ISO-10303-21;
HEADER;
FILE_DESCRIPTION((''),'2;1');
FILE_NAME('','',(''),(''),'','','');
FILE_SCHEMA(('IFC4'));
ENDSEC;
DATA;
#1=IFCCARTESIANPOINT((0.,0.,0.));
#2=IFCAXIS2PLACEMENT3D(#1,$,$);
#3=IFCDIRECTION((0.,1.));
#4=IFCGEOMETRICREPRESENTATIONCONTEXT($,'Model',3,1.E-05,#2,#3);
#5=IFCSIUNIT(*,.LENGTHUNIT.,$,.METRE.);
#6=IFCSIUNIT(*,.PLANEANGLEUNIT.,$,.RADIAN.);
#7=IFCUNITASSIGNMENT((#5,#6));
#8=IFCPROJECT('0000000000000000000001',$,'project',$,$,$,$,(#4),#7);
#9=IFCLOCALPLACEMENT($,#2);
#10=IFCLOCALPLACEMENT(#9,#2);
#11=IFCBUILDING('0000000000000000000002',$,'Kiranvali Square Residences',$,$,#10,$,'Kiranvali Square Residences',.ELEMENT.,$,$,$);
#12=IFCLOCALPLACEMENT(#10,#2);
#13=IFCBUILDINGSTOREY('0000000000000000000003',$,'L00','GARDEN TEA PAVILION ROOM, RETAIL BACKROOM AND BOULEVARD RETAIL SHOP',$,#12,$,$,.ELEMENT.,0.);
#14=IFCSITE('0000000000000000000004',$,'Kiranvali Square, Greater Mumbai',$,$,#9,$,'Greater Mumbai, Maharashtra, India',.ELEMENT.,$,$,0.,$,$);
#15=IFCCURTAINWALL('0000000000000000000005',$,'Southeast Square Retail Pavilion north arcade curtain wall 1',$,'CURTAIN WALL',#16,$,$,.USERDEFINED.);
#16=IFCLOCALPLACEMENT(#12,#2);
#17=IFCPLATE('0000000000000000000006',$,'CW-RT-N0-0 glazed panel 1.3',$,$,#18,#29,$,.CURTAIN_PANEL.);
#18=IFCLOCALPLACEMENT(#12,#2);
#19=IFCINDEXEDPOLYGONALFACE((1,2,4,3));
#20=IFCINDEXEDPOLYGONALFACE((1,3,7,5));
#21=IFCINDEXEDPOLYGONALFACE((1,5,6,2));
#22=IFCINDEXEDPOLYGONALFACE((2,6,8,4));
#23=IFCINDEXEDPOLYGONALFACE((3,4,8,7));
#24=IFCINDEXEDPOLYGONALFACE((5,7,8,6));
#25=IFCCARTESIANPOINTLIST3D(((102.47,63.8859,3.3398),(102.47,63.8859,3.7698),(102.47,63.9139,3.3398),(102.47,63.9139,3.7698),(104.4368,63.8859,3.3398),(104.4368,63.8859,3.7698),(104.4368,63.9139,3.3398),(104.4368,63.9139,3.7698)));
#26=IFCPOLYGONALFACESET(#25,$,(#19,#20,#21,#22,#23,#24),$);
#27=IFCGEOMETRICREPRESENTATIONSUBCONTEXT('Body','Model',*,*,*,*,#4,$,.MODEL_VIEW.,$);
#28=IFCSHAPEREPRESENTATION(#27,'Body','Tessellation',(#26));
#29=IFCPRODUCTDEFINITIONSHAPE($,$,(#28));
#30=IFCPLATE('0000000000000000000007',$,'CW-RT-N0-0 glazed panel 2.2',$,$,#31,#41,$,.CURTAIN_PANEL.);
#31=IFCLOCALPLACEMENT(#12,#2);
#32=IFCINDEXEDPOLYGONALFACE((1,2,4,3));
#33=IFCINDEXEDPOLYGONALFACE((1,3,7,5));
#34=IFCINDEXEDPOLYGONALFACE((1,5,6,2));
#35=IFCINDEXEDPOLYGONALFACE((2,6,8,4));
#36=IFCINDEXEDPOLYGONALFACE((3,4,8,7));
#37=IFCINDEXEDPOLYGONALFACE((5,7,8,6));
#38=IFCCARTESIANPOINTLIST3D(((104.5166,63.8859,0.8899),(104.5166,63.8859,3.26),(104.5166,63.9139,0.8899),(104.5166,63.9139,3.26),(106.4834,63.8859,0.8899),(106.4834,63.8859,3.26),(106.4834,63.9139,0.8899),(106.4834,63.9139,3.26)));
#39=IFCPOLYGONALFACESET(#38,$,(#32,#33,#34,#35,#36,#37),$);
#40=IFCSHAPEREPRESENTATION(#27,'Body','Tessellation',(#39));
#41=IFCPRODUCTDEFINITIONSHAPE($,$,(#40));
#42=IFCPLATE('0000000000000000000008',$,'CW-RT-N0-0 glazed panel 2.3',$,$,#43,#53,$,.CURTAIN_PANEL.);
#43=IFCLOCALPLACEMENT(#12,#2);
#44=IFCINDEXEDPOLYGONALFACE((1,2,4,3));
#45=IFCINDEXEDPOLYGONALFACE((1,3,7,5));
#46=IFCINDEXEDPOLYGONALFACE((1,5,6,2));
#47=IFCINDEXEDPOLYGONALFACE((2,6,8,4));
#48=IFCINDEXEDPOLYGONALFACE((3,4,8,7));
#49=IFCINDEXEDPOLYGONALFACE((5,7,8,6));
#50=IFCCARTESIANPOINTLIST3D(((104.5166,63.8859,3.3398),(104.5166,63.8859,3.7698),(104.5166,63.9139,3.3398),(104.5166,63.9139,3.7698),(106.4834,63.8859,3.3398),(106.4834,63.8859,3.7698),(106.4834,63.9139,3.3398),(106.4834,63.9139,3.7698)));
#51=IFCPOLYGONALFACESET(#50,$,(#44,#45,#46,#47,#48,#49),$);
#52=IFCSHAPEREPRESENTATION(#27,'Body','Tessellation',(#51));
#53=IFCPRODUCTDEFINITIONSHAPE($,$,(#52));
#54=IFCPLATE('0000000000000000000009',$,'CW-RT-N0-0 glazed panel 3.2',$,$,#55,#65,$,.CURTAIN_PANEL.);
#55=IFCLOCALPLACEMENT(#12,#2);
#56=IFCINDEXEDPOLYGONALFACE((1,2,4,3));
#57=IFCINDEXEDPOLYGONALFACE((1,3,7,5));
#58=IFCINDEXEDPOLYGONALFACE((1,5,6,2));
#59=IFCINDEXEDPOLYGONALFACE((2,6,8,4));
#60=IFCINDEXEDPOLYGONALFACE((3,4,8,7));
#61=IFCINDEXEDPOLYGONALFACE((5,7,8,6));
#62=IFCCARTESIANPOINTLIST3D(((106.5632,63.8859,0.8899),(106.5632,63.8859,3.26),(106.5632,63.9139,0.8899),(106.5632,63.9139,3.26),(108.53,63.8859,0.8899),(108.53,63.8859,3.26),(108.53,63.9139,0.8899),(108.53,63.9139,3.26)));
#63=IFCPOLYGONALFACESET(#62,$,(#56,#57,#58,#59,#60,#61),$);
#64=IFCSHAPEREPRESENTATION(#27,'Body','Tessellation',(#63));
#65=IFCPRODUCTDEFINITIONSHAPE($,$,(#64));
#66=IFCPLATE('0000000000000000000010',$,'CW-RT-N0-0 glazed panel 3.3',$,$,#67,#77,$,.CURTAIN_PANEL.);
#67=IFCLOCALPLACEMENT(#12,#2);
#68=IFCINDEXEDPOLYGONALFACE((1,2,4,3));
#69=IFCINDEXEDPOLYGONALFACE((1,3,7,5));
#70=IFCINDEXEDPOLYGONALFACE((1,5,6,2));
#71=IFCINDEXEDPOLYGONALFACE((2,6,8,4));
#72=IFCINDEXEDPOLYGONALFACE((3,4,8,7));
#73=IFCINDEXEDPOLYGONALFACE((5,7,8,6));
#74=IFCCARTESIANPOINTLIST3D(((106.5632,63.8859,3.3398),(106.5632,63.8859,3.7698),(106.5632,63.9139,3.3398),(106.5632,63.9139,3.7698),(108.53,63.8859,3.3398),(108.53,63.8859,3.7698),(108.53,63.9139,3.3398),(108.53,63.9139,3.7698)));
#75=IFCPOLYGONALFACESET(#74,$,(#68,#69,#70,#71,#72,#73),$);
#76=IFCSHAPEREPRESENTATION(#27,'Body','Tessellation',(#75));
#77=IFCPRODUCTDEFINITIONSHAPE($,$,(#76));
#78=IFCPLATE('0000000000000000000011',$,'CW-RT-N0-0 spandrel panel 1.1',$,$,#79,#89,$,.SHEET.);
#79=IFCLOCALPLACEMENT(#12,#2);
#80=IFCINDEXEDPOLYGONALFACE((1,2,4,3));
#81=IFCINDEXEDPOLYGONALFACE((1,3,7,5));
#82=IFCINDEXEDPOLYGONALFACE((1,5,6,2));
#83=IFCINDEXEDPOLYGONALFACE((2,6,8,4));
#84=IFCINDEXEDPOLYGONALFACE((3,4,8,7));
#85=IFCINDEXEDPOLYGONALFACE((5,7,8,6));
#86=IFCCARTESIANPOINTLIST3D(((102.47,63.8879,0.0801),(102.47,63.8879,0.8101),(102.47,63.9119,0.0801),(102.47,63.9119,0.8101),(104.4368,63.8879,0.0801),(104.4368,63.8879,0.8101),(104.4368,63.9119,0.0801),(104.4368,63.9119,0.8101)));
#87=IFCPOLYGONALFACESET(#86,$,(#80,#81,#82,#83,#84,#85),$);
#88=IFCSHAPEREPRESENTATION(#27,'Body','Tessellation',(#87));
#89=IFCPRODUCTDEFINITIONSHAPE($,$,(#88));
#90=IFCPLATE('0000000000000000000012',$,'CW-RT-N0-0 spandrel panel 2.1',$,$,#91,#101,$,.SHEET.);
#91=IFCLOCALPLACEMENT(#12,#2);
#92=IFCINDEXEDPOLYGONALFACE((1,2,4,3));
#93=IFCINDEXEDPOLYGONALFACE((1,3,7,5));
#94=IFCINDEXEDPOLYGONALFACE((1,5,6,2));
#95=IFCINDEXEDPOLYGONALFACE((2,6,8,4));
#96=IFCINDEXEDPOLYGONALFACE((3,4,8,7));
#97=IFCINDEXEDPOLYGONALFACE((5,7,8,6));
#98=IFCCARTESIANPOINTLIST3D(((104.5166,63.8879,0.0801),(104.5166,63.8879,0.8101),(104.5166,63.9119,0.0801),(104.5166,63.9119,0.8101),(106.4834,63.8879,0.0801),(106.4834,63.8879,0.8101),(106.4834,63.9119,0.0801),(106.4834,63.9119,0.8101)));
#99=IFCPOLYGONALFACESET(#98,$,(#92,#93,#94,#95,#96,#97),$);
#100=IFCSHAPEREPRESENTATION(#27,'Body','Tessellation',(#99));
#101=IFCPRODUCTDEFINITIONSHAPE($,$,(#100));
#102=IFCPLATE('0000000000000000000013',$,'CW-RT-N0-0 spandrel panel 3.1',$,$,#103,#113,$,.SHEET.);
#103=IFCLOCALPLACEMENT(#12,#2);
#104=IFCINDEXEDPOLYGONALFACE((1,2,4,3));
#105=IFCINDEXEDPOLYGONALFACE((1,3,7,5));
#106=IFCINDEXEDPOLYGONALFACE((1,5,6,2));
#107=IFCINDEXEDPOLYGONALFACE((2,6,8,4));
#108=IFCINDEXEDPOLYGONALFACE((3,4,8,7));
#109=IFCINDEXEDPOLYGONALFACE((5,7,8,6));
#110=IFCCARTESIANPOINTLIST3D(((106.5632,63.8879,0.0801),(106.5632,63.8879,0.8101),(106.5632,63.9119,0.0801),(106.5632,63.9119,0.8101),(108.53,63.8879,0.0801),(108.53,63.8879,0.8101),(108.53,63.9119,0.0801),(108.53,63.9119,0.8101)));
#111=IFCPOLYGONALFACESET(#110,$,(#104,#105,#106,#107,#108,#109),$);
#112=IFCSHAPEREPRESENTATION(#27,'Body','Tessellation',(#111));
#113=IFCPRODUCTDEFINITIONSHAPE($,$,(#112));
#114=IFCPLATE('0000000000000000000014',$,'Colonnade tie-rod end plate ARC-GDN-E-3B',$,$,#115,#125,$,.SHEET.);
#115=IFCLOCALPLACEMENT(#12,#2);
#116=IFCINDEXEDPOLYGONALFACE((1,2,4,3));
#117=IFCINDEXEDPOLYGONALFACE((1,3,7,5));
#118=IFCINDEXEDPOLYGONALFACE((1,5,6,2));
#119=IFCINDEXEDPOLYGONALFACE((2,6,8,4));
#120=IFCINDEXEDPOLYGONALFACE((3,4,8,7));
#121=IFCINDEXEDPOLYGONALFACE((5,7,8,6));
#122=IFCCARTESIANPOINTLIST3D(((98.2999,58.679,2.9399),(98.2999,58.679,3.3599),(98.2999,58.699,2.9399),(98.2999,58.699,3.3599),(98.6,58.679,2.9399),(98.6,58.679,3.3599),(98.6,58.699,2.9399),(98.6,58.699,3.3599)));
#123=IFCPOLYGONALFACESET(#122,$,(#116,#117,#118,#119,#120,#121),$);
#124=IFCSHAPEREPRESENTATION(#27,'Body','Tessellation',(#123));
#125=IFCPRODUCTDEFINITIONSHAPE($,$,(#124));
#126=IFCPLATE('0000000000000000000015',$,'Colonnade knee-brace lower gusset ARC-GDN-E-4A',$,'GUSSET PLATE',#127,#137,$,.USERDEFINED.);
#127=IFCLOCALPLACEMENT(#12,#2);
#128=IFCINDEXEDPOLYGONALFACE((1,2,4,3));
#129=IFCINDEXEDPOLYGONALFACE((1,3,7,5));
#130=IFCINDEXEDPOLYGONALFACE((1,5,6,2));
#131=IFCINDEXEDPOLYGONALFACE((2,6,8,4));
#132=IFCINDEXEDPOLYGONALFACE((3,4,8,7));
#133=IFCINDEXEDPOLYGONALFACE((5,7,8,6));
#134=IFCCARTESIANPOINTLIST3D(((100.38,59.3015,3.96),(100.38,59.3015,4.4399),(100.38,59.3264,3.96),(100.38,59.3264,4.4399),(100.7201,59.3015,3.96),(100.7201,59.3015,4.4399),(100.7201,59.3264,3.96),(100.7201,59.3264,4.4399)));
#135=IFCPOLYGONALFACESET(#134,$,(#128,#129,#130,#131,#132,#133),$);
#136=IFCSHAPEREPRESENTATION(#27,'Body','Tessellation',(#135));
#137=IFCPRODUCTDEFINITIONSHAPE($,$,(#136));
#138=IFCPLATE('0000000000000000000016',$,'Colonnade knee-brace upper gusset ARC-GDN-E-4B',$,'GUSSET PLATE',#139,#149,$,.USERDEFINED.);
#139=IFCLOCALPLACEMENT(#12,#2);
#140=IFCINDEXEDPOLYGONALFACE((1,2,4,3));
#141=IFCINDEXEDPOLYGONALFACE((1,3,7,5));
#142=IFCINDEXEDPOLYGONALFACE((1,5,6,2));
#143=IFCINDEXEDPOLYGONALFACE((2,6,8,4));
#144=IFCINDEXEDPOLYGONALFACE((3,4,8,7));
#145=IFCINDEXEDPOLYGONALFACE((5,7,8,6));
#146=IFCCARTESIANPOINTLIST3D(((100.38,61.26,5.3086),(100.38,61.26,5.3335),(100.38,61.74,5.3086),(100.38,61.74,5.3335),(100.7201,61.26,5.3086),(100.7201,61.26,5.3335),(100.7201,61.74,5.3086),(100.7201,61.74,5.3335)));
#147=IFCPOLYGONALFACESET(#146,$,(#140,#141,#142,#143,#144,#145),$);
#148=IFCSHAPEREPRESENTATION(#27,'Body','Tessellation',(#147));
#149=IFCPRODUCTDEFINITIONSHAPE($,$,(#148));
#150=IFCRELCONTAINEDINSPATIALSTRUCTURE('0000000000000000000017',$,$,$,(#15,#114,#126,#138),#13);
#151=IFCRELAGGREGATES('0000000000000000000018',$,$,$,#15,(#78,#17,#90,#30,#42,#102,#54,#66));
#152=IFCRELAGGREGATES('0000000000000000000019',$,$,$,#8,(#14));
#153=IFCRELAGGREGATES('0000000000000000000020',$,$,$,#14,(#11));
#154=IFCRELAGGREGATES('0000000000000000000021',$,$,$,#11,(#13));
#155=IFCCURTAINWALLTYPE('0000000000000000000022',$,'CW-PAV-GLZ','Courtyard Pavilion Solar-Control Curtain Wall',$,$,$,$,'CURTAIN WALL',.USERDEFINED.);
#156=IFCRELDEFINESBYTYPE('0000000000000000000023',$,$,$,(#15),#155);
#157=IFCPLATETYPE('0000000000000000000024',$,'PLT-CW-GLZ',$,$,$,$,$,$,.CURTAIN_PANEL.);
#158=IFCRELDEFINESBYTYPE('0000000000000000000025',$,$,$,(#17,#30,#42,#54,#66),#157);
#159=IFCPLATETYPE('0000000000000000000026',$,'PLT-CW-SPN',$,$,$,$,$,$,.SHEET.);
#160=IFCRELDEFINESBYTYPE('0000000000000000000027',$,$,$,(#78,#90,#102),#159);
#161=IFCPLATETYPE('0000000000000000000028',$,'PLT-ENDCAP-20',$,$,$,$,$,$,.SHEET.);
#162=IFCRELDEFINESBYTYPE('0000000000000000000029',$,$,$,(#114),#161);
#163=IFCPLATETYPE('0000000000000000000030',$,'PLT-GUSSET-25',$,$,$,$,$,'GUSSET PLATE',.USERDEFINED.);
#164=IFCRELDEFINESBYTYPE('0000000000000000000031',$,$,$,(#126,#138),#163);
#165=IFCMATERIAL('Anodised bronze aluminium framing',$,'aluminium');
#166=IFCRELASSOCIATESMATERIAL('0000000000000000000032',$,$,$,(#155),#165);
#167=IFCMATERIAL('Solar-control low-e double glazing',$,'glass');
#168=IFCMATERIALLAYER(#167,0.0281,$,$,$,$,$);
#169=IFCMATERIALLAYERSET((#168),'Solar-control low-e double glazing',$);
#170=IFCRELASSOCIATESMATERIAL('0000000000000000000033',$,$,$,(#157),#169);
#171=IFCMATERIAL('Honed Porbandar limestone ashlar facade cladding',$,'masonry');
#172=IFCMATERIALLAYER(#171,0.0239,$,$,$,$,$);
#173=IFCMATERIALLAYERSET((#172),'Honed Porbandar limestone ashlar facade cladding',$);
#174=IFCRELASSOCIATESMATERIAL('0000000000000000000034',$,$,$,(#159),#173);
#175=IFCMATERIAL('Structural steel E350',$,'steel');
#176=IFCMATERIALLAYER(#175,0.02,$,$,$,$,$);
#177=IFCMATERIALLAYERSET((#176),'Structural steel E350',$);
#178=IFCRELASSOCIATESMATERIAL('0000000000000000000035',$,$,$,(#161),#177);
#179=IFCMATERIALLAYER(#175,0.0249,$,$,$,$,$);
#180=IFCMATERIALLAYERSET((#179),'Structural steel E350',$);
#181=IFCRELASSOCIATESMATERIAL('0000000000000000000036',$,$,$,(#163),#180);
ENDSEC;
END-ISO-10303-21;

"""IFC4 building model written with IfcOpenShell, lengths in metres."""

from ifc_helpers import new_model, si_unit, direction, frame, origin, origin_2d, place, context, subcontext, project, spatial, rectangle, extrude, material, layer, layer_set, type_object, element, aggregate, save


model = new_model("IFC4")

# Units and contexts
model_context = context("Model", 3, precision=1e-05, world=origin(), true_north=direction((0.0, 1.0)))
body_context = subcontext(model_context, "Body", "Model", "MODEL_VIEW")
ifc_project = project(units=[si_unit("LENGTHUNIT", "METRE"), si_unit("PLANEANGLEUNIT", "RADIAN")], contexts=[model_context])

# Site, building, storey
site_placement = place(None, origin())
site = spatial("IfcSite", under=ifc_project, at=site_placement, Name="Kiranvali Square, Greater Mumbai", LongName="Greater Mumbai, Maharashtra, India", CompositionType="ELEMENT", RefElevation=0.0)
building_placement = place(site_placement, origin())
building = spatial("IfcBuilding", under=site, at=building_placement, Name="Kiranvali Square Residences", LongName="Kiranvali Square Residences", CompositionType="ELEMENT")
storey_placement = place(building_placement, origin())
storey = spatial("IfcBuildingStorey", under=building, at=storey_placement, Name="L00", Description="GARDEN TEA PAVILION ROOM, RETAIL BACKROOM AND BOULEVARD RETAIL SHOP", CompositionType="ELEMENT", Elevation=0.0)

# Curtain wall
ifc_material_1 = material(Name="Anodised bronze aluminium framing", Category="aluminium")
curtain_wall_type = type_object("IfcCurtainWallType", Name="CW-PAV-GLZ", Description="Courtyard Pavilion Solar-Control Curtain Wall", ElementType="CURTAIN WALL", PredefinedType="USERDEFINED", material=ifc_material_1)
curtain_wall_placement = place(storey_placement, origin())
curtain_wall = element("IfcCurtainWall", 1, at=curtain_wall_placement, inside=storey, type_object=curtain_wall_type, Name="Southeast Square Retail Pavilion north arcade curtain wall 1", ObjectType="CURTAIN WALL", PredefinedType="USERDEFINED")

# Shared definitions
ifc_material_2 = material(Name="Structural steel E350", Category="steel")

# Plates
ifc_material_3 = material(Name="Solar-control low-e double glazing", Category="glass")
ifc_layer_1 = layer(ifc_material_3, 0.0281)
ifc_layer_set_1 = layer_set([ifc_layer_1], Name="Solar-control low-e double glazing")
plate_type_1 = type_object("IfcPlateType", Name="PLT-CW-GLZ", PredefinedType="CURTAIN_PANEL", material=ifc_layer_set_1)
plate_1_placement = place(storey_placement, frame((103.4534, 63.8999, 3.3398), z_axis=(0.0, 0.0, 1.0), x_axis=(1.0, 0.0, 0.0)))
plate_1 = element("IfcPlate", 2, at=plate_1_placement, type_object=plate_type_1, Name="CW-RT-N0-0 glazed panel 1.3", PredefinedType="CURTAIN_PANEL", context=body_context, shape_type="SweptSolid", body=[
    extrude(rectangle(XDim=1.9668, YDim=0.0281, at=origin_2d()), origin(), (0.0, 0.0, 1.0), 0.4299),
])
plate_2_placement = place(storey_placement, frame((105.5, 63.8999, 0.8899), z_axis=(0.0, 0.0, 1.0), x_axis=(1.0, 0.0, 0.0)))
plate_2 = element("IfcPlate", 3, at=plate_2_placement, type_object=plate_type_1, Name="CW-RT-N0-0 glazed panel 2.2", PredefinedType="CURTAIN_PANEL", context=body_context, shape_type="SweptSolid", body=[
    extrude(rectangle(XDim=1.9668, YDim=0.0281, at=origin_2d()), origin(), (0.0, 0.0, 1.0), 2.3701),
])
plate_3_placement = place(storey_placement, frame((105.5, 63.8999, 3.3398), z_axis=(0.0, 0.0, 1.0), x_axis=(1.0, 0.0, 0.0)))
plate_3 = element("IfcPlate", 4, at=plate_3_placement, type_object=plate_type_1, Name="CW-RT-N0-0 glazed panel 2.3", PredefinedType="CURTAIN_PANEL", context=body_context, shape_type="SweptSolid", body=[
    extrude(rectangle(XDim=1.9668, YDim=0.0281, at=origin_2d()), origin(), (0.0, 0.0, 1.0), 0.4299),
])
plate_4_placement = place(storey_placement, frame((107.5466, 63.8999, 0.8899), z_axis=(0.0, 0.0, 1.0), x_axis=(1.0, 0.0, 0.0)))
plate_4 = element("IfcPlate", 5, at=plate_4_placement, type_object=plate_type_1, Name="CW-RT-N0-0 glazed panel 3.2", PredefinedType="CURTAIN_PANEL", context=body_context, shape_type="SweptSolid", body=[
    extrude(rectangle(XDim=1.9668, YDim=0.0281, at=origin_2d()), origin(), (0.0, 0.0, 1.0), 2.3701),
])
plate_5_placement = place(storey_placement, frame((107.5466, 63.8999, 3.3398), z_axis=(0.0, 0.0, 1.0), x_axis=(1.0, 0.0, 0.0)))
plate_5 = element("IfcPlate", 6, at=plate_5_placement, type_object=plate_type_1, Name="CW-RT-N0-0 glazed panel 3.3", PredefinedType="CURTAIN_PANEL", context=body_context, shape_type="SweptSolid", body=[
    extrude(rectangle(XDim=1.9668, YDim=0.0281, at=origin_2d()), origin(), (0.0, 0.0, 1.0), 0.4299),
])
ifc_material_4 = material(Name="Honed Porbandar limestone ashlar facade cladding", Category="masonry")
ifc_layer_2 = layer(ifc_material_4, 0.0239)
ifc_layer_set_2 = layer_set([ifc_layer_2], Name="Honed Porbandar limestone ashlar facade cladding")
plate_type_2 = type_object("IfcPlateType", Name="PLT-CW-SPN", PredefinedType="SHEET", material=ifc_layer_set_2)
plate_6_placement = place(storey_placement, frame((103.4534, 63.8999, 0.0801), z_axis=(0.0, 0.0, 1.0), x_axis=(1.0, 0.0, 0.0)))
plate_6 = element("IfcPlate", 7, at=plate_6_placement, type_object=plate_type_2, Name="CW-RT-N0-0 spandrel panel 1.1", PredefinedType="SHEET", context=body_context, shape_type="SweptSolid", body=[
    extrude(rectangle(XDim=1.9668, YDim=0.0239, at=origin_2d()), origin(), (0.0, 0.0, 1.0), 0.73),
])
plate_7_placement = place(storey_placement, frame((105.5, 63.8999, 0.0801), z_axis=(0.0, 0.0, 1.0), x_axis=(1.0, 0.0, 0.0)))
plate_7 = element("IfcPlate", 8, at=plate_7_placement, type_object=plate_type_2, Name="CW-RT-N0-0 spandrel panel 2.1", PredefinedType="SHEET", context=body_context, shape_type="SweptSolid", body=[
    extrude(rectangle(XDim=1.9668, YDim=0.0239, at=origin_2d()), origin(), (0.0, 0.0, 1.0), 0.73),
])
plate_8_placement = place(storey_placement, frame((107.5466, 63.8999, 0.0801), z_axis=(0.0, 0.0, 1.0), x_axis=(1.0, 0.0, 0.0)))
plate_8 = element("IfcPlate", 9, at=plate_8_placement, type_object=plate_type_2, Name="CW-RT-N0-0 spandrel panel 3.1", PredefinedType="SHEET", context=body_context, shape_type="SweptSolid", body=[
    extrude(rectangle(XDim=1.9668, YDim=0.0239, at=origin_2d()), origin(), (0.0, 0.0, 1.0), 0.73),
])
aggregate(curtain_wall, [plate_6, plate_1, plate_7, plate_2, plate_3, plate_8, plate_4, plate_5])

# Plates
ifc_layer_3 = layer(ifc_material_2, 0.02)
ifc_layer_set_3 = layer_set([ifc_layer_3], Name="Structural steel E350")
plate_type_3 = type_object("IfcPlateType", Name="PLT-ENDCAP-20", PredefinedType="SHEET", material=ifc_layer_set_3)
plate_9_placement = place(storey_placement, frame((98.45, 58.689, 2.9399), z_axis=(0.0, 0.0, 1.0), x_axis=(1.0, 0.0, 0.0)))
element("IfcPlate", 10, at=plate_9_placement, inside=storey, type_object=plate_type_3, Name="Colonnade tie-rod end plate ARC-GDN-E-3B", PredefinedType="SHEET", context=body_context, shape_type="SweptSolid", body=[
    extrude(rectangle(XDim=0.3, YDim=0.02, at=origin_2d()), origin(), (0.0, 0.0, 1.0), 0.4199),
])
ifc_layer_4 = layer(ifc_material_2, 0.0249)
ifc_layer_set_4 = layer_set([ifc_layer_4], Name="Structural steel E350")
plate_type_4 = type_object("IfcPlateType", Name="PLT-GUSSET-25", ElementType="GUSSET PLATE", PredefinedType="USERDEFINED", material=ifc_layer_set_4)
plate_10_placement = place(storey_placement, frame((100.55, 59.314, 3.96), z_axis=(0.0, 0.0, 1.0), x_axis=(1.0, 0.0, 0.0)))
element("IfcPlate", 11, at=plate_10_placement, inside=storey, type_object=plate_type_4, Name="Colonnade knee-brace lower gusset ARC-GDN-E-4A", ObjectType="GUSSET PLATE", PredefinedType="USERDEFINED", context=body_context, shape_type="SweptSolid", body=[
    extrude(rectangle(XDim=0.3401, YDim=0.0249, at=origin_2d()), origin(), (0.0, 0.0, 1.0), 0.48),
])
plate_11_placement = place(storey_placement, frame((100.55, 61.5, 5.3086), z_axis=(0.0, 0.0, 1.0), x_axis=(1.0, 0.0, 0.0)))
element("IfcPlate", 12, at=plate_11_placement, inside=storey, type_object=plate_type_4, Name="Colonnade knee-brace upper gusset ARC-GDN-E-4B", ObjectType="GUSSET PLATE", PredefinedType="USERDEFINED", context=body_context, shape_type="SweptSolid", body=[
    extrude(rectangle(XDim=0.3401, YDim=0.48, at=origin_2d()), origin(), (0.0, 0.0, 1.0), 0.0249),
])

save(model, "model.ifc")
